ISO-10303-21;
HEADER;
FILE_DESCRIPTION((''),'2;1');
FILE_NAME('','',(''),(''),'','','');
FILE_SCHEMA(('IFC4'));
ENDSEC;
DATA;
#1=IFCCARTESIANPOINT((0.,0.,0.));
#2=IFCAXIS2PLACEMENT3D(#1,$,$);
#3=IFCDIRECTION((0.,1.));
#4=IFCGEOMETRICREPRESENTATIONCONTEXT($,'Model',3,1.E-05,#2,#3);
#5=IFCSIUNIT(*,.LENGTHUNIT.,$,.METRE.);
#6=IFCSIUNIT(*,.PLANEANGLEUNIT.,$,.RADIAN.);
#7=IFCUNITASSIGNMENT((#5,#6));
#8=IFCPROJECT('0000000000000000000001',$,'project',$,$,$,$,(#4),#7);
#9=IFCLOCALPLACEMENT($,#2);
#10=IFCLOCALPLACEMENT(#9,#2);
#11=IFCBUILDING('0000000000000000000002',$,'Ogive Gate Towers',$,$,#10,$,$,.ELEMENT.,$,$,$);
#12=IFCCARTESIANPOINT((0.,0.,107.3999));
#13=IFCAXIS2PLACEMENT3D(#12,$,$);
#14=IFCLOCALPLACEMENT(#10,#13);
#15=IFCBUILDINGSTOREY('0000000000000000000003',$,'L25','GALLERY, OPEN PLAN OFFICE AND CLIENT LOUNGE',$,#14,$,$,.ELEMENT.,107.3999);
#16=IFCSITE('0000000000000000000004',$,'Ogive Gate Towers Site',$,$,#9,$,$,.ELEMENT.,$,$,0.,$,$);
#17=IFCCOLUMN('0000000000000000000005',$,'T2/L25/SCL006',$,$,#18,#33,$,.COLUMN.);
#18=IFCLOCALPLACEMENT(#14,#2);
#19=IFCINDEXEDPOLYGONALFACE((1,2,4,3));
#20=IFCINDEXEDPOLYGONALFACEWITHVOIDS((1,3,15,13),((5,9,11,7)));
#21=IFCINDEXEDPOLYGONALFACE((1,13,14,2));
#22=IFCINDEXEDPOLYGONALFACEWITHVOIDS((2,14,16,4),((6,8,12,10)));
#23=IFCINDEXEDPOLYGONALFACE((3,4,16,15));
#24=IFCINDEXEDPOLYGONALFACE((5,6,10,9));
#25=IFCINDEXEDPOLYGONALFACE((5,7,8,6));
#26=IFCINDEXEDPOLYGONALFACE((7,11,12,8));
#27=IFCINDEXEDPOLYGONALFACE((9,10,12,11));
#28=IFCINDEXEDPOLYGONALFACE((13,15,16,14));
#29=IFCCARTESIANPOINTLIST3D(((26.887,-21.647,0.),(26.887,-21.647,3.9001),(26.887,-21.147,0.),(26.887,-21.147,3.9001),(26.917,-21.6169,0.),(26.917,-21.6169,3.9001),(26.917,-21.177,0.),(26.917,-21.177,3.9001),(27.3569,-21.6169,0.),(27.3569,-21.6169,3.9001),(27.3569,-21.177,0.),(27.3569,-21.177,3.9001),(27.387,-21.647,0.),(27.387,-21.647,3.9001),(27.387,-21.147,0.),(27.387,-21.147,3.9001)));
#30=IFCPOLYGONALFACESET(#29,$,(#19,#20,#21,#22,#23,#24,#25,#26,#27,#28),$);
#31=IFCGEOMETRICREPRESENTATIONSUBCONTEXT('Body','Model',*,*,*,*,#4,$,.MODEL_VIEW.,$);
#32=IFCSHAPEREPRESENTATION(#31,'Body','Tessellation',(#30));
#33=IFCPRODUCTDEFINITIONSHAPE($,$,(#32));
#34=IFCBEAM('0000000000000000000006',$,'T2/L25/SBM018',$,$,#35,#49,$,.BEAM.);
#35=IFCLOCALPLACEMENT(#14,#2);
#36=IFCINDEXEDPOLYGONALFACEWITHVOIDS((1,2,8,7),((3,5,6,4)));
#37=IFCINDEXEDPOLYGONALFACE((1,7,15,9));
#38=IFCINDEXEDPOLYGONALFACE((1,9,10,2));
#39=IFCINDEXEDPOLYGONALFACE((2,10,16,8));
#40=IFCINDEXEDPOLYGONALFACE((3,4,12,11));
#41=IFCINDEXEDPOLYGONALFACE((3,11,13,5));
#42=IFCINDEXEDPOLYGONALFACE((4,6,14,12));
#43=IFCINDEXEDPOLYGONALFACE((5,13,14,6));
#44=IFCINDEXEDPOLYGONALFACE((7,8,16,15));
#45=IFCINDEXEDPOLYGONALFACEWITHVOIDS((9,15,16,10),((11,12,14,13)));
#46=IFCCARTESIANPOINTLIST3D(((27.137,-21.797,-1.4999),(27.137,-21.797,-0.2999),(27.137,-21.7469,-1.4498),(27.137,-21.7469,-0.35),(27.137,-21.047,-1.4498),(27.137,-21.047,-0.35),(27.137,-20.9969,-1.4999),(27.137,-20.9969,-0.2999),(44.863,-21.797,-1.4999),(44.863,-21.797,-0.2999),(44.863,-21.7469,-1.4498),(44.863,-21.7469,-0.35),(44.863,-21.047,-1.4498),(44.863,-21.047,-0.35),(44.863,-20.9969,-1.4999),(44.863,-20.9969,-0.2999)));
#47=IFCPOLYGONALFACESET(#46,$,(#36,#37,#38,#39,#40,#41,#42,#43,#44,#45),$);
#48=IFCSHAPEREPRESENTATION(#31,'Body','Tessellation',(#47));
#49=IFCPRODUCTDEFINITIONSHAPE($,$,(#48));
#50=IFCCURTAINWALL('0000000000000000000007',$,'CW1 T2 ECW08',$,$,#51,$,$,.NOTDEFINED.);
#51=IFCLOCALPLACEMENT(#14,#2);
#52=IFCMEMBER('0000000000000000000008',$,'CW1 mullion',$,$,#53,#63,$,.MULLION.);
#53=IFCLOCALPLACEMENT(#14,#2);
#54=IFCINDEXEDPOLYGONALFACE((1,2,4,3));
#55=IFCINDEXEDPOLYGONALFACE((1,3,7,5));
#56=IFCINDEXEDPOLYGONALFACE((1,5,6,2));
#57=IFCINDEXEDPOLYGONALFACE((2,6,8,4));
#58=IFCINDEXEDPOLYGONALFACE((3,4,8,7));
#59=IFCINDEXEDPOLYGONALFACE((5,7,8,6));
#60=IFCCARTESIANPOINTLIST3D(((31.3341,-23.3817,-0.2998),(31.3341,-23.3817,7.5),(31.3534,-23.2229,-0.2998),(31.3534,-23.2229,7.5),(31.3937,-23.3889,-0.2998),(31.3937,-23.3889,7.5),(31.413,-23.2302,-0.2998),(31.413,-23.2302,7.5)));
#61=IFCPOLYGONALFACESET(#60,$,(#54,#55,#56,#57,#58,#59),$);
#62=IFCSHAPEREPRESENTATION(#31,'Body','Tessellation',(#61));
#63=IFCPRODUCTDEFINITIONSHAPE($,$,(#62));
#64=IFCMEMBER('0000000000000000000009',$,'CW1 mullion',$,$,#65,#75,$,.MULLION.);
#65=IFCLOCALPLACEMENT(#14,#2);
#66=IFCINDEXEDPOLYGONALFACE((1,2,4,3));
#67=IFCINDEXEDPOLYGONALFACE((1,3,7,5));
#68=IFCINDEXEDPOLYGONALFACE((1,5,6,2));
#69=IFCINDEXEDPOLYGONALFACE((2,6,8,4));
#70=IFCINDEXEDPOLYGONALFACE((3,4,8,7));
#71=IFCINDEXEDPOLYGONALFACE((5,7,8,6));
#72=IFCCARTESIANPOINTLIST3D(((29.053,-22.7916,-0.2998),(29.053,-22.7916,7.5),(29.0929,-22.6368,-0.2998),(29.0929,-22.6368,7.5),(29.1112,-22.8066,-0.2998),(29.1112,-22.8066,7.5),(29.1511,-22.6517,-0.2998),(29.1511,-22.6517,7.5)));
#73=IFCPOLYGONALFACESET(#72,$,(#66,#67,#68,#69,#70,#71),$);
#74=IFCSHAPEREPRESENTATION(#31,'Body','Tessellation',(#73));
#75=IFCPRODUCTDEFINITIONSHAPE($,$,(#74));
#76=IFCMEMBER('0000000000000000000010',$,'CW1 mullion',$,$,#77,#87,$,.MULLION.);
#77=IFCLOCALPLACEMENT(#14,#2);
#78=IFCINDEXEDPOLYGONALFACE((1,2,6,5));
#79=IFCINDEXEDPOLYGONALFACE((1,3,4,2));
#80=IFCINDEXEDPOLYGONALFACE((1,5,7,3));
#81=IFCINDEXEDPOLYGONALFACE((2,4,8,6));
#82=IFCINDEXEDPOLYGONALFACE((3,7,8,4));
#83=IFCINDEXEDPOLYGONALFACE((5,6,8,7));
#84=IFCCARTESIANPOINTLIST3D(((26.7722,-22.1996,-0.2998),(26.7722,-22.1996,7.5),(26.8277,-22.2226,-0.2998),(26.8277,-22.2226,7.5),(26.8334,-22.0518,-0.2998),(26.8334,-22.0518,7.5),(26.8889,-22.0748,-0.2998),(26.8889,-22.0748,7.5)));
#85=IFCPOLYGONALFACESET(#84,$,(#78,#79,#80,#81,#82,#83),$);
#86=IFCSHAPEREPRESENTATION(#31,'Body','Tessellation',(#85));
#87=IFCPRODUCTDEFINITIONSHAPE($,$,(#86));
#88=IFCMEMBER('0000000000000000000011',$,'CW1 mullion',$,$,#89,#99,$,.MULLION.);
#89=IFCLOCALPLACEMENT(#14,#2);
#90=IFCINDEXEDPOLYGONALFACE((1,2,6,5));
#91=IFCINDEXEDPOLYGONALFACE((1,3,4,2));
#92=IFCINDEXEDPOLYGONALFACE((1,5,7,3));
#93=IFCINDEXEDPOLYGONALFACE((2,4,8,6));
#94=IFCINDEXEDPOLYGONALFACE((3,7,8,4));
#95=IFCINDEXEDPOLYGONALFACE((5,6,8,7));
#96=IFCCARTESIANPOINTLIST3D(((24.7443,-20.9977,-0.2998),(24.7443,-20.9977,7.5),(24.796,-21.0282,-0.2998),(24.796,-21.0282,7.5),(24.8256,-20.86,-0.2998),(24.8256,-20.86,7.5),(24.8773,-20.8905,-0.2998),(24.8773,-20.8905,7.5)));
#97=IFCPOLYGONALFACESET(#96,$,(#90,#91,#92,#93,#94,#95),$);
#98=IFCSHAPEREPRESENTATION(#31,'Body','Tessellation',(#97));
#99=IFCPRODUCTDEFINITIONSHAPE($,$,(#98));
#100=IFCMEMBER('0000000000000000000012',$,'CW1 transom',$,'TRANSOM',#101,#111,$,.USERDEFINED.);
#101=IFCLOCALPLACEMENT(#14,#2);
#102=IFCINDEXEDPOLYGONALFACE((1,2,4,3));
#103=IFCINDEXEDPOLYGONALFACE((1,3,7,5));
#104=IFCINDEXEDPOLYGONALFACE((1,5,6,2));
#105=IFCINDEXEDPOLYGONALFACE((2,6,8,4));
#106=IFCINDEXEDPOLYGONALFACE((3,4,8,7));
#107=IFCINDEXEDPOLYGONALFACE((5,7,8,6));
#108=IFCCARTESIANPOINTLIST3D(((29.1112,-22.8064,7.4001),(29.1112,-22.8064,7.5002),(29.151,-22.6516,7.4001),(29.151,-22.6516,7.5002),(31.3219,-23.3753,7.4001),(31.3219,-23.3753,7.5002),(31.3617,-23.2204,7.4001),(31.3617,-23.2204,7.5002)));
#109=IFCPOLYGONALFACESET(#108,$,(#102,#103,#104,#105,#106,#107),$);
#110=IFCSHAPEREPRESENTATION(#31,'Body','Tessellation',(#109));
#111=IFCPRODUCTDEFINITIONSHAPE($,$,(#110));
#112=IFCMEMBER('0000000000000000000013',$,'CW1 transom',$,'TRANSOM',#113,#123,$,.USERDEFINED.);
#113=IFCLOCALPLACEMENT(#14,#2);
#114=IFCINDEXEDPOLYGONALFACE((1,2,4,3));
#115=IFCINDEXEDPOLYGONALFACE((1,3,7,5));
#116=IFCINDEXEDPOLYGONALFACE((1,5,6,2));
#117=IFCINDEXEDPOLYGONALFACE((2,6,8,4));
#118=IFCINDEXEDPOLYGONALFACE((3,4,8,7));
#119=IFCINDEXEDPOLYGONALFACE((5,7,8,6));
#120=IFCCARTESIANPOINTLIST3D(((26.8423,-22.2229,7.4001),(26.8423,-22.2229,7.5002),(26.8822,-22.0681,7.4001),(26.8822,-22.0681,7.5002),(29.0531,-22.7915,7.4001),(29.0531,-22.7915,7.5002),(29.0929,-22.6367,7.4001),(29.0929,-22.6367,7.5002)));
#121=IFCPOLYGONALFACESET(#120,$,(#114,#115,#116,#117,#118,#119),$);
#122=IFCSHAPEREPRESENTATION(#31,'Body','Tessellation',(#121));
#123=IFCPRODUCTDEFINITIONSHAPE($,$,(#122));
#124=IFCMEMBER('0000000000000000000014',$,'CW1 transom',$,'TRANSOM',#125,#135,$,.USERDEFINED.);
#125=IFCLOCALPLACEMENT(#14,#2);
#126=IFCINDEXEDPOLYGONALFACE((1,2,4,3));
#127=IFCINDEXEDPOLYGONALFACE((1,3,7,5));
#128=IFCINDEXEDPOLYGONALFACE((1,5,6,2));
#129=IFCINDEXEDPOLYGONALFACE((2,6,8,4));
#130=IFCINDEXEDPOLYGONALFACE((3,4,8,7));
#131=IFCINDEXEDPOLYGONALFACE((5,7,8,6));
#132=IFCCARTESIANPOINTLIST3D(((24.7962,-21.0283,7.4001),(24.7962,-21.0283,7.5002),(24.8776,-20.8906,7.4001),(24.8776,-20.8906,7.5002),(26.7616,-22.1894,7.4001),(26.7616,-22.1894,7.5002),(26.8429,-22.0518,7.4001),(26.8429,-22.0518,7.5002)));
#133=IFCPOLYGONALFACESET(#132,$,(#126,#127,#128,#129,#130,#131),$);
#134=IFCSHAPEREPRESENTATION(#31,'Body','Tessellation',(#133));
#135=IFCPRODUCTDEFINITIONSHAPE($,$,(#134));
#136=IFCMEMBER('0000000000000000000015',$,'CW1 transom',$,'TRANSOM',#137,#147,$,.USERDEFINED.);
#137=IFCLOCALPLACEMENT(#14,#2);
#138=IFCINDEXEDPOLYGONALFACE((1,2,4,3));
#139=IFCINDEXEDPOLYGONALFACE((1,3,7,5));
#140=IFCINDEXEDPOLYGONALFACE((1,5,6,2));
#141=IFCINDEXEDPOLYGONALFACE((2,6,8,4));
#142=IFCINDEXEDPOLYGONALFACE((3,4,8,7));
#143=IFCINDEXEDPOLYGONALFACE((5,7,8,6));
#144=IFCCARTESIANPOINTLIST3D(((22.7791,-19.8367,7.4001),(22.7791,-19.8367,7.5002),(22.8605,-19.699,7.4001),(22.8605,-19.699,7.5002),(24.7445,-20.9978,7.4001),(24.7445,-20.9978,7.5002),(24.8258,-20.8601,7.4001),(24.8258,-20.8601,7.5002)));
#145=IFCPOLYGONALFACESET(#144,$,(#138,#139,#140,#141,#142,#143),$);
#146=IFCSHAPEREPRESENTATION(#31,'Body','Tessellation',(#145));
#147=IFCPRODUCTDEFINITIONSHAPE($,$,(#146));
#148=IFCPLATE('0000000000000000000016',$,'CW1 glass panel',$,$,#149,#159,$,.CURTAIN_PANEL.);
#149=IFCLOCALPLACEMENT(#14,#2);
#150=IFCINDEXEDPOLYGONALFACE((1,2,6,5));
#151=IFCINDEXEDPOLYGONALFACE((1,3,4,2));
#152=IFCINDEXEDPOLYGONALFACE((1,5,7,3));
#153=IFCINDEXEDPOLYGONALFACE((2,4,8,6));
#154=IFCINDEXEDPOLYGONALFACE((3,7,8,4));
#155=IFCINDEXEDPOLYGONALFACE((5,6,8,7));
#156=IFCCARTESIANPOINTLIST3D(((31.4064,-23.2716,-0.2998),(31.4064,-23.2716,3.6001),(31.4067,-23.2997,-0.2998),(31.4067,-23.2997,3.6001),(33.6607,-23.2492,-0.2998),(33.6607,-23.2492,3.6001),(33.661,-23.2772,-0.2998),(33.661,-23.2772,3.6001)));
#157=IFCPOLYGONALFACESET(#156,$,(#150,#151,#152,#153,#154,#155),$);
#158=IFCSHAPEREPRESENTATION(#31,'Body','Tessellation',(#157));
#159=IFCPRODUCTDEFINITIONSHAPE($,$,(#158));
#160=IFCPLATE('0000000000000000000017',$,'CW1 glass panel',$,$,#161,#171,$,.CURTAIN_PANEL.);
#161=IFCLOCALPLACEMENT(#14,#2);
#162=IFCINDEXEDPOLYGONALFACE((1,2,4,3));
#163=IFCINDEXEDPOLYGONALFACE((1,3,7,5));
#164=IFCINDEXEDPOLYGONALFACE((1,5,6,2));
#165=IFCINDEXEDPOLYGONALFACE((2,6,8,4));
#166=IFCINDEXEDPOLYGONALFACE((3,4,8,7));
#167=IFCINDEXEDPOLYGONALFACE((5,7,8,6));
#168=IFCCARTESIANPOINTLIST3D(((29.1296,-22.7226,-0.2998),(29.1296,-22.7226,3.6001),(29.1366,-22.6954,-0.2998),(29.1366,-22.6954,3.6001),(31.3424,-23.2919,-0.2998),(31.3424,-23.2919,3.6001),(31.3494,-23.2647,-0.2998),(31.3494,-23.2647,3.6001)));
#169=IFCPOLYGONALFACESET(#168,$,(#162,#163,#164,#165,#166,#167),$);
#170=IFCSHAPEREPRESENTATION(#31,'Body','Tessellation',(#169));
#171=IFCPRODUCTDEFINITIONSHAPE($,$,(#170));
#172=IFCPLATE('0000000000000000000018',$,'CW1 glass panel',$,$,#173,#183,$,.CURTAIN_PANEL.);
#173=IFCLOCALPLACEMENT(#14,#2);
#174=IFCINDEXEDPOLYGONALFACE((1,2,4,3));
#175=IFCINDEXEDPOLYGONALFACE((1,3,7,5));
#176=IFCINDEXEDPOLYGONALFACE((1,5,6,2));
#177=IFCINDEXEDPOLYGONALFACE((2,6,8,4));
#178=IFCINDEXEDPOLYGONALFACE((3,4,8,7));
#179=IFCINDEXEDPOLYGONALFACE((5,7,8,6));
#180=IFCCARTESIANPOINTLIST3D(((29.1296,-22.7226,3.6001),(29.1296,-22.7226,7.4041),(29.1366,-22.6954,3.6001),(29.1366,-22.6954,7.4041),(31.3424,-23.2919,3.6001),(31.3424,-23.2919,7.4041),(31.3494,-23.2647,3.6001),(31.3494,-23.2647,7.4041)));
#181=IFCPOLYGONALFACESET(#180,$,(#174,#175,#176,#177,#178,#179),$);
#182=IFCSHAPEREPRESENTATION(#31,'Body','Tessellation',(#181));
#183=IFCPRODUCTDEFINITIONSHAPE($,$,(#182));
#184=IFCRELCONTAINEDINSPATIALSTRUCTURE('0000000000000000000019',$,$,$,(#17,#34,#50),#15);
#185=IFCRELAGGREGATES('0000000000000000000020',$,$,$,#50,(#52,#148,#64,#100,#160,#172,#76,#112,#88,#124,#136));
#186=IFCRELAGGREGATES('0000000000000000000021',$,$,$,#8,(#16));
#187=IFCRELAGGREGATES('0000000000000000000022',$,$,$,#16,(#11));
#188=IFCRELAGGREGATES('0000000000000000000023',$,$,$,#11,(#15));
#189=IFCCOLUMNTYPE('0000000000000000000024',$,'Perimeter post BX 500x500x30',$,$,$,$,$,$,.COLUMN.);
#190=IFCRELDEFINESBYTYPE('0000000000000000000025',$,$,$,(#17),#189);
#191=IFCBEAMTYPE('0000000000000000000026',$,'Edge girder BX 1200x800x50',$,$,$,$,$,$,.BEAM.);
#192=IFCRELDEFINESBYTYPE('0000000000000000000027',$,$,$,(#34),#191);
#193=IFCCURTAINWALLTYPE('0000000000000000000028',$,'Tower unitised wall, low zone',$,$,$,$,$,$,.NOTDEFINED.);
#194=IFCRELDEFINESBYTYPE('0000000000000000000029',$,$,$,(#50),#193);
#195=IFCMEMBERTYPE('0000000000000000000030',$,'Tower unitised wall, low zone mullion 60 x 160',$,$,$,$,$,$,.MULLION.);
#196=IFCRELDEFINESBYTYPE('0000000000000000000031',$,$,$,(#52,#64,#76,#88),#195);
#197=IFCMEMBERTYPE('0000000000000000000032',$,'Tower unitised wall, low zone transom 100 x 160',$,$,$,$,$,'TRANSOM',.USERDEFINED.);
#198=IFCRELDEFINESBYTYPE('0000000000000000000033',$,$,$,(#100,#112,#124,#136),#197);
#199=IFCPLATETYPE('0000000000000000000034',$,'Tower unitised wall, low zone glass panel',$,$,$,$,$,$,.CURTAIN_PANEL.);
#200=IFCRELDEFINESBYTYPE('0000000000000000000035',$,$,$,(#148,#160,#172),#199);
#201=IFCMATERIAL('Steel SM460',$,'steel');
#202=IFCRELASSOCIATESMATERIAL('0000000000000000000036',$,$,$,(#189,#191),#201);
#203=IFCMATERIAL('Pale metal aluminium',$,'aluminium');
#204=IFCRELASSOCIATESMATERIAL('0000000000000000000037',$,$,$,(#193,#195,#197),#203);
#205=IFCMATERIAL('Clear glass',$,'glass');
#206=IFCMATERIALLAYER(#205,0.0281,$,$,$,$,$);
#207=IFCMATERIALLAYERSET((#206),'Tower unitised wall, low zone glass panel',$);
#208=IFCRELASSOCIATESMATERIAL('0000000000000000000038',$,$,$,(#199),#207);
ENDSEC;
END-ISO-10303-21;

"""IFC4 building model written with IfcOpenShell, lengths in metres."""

from ifc_helpers import new_model, si_unit, direction, frame, origin, origin_2d, place, context, subcontext, project, spatial, rectangle, hollow_rectangle, extrude, material, layer, layer_set, material_profile, profile_set, type_object, element, aggregate, save


model = new_model("IFC4")

# Units and contexts
model_context = context("Model", 3, precision=1e-05, world=origin(), true_north=direction((0.0, 1.0)))
body_context = subcontext(model_context, "Body", "Model", "MODEL_VIEW")
ifc_project = project(units=[si_unit("LENGTHUNIT", "METRE"), si_unit("PLANEANGLEUNIT", "RADIAN")], contexts=[model_context])

# Site, building, storey
site_placement = place(None, origin())
site = spatial("IfcSite", under=ifc_project, at=site_placement, Name="Ogive Gate Towers Site", CompositionType="ELEMENT", RefElevation=0.0)
building_placement = place(site_placement, origin())
building = spatial("IfcBuilding", under=site, at=building_placement, Name="Ogive Gate Towers", CompositionType="ELEMENT")
storey_placement = place(building_placement, frame((0.0, 0.0, 107.3999)))
storey = spatial("IfcBuildingStorey", under=building, at=storey_placement, Name="L25", Description="GALLERY, OPEN PLAN OFFICE AND CLIENT LOUNGE", CompositionType="ELEMENT", Elevation=107.3999)

# Column
ifc_material_1 = material(Name="Steel SM460", Category="steel")
ifc_material_profile_1 = material_profile(ifc_material_1, hollow_rectangle(XDim=0.5, YDim=0.5, WallThickness=0.03, at=origin_2d()), Name="BX 500x500x30")
ifc_profile_set_1 = profile_set([ifc_material_profile_1], Name="Steel SM460")
column_type = type_object("IfcColumnType", Name="Perimeter post BX 500x500x30", PredefinedType="COLUMN", material=ifc_profile_set_1)
column_placement = place(storey_placement, frame((27.137, -21.397, 0.0), z_axis=(0.0, 0.0, 1.0), x_axis=(1.0, 0.0, 0.0)))
element("IfcColumn", 1, at=column_placement, inside=storey, type_object=column_type, Name="T2/L25/SCL006", PredefinedType="COLUMN", context=body_context, shape_type="SweptSolid", body=[
    extrude(hollow_rectangle(XDim=0.5, YDim=0.5, WallThickness=0.03, at=origin_2d()), origin(), (0.0, 0.0, 1.0), 3.9001),
])

# Beam
ifc_material_profile_2 = material_profile(ifc_material_1, hollow_rectangle(XDim=0.8, YDim=1.2, WallThickness=0.05, at=origin_2d()), Name="BX 1200x800x50")
ifc_profile_set_2 = profile_set([ifc_material_profile_2], Name="Steel SM460")
beam_type = type_object("IfcBeamType", Name="Edge girder BX 1200x800x50", PredefinedType="BEAM", material=ifc_profile_set_2)
beam_placement = place(storey_placement, frame((27.137, -21.397, -0.8999), z_axis=(1.0, 0.0, 0.0), x_axis=(0.0, 1.0, 0.0)))
element("IfcBeam", 2, at=beam_placement, inside=storey, type_object=beam_type, Name="T2/L25/SBM018", PredefinedType="BEAM", context=body_context, shape_type="SweptSolid", body=[
    extrude(hollow_rectangle(XDim=0.8, YDim=1.2, WallThickness=0.05, at=origin_2d()), origin(), (0.0, 0.0, 1.0), 17.7261),
])

# Curtain wall, members, plates
ifc_material_2 = material(Name="Pale metal aluminium", Category="aluminium")
curtain_wall_type = type_object("IfcCurtainWallType", Name="Tower unitised wall, low zone", PredefinedType="NOTDEFINED", material=ifc_material_2)
curtain_wall_placement = place(storey_placement, origin())
curtain_wall = element("IfcCurtainWall", 3, at=curtain_wall_placement, inside=storey, type_object=curtain_wall_type, Name="CW1 T2 ECW08", PredefinedType="NOTDEFINED")
ifc_material_profile_3 = material_profile(ifc_material_2, rectangle(XDim=0.1599, YDim=0.0601, at=origin_2d()), Name="60 x 160 aluminium box")
ifc_profile_set_3 = profile_set([ifc_material_profile_3], Name="Pale metal aluminium")
member_type_1 = type_object("IfcMemberType", Name="Tower unitised wall, low zone mullion 60 x 160", PredefinedType="MULLION", material=ifc_profile_set_3)
member_1_placement = place(storey_placement, frame((31.3735, -23.3059, -0.2998), z_axis=(0.0, 0.0, 1.0), x_axis=(0.120639, 0.992696, 0.0)))
member_1 = element("IfcMember", 4, at=member_1_placement, type_object=member_type_1, Name="CW1 mullion", PredefinedType="MULLION", context=body_context, shape_type="SweptSolid", body=[
    extrude(rectangle(XDim=0.1599, YDim=0.0601, at=origin_2d()), origin(), (0.0, 0.0, 1.0), 7.7998),
])
member_2_placement = place(storey_placement, frame((29.1021, -22.7217, -0.2998), z_axis=(0.0, 0.0, 1.0), x_axis=(0.249129, 0.96847, 0.0)))
member_2 = element("IfcMember", 5, at=member_2_placement, type_object=member_type_1, Name="CW1 mullion", PredefinedType="MULLION", context=body_context, shape_type="SweptSolid", body=[
    extrude(rectangle(XDim=0.1599, YDim=0.0601, at=origin_2d()), origin(), (0.0, 0.0, 1.0), 7.7998),
])
member_3_placement = place(storey_placement, frame((26.8306, -22.1372, -0.2998), z_axis=(0.0, 0.0, 1.0), x_axis=(0.382667, 0.923886, 0.0)))
member_3 = element("IfcMember", 6, at=member_3_placement, type_object=member_type_1, Name="CW1 mullion", PredefinedType="MULLION", context=body_context, shape_type="SweptSolid", body=[
    extrude(rectangle(XDim=0.1599, YDim=0.0601, at=origin_2d()), origin(), (0.0, 0.0, 1.0), 7.7998),
])
member_4_placement = place(storey_placement, frame((24.8108, -20.9441, -0.2998), z_axis=(0.0, 0.0, 1.0), x_axis=(0.508651, 0.860973, 0.0)))
member_4 = element("IfcMember", 7, at=member_4_placement, type_object=member_type_1, Name="CW1 mullion", PredefinedType="MULLION", context=body_context, shape_type="SweptSolid", body=[
    extrude(rectangle(XDim=0.1599, YDim=0.0601, at=origin_2d()), origin(), (0.0, 0.0, 1.0), 7.7998),
])
ifc_material_profile_4 = material_profile(ifc_material_2, rectangle(XDim=0.1599, YDim=0.1001, at=origin_2d()), Name="100 x 160 aluminium box")
ifc_profile_set_4 = profile_set([ifc_material_profile_4], Name="Pale metal aluminium")
member_type_2 = type_object("IfcMemberType", Name="Tower unitised wall, low zone transom 100 x 160", ElementType="TRANSOM", PredefinedType="USERDEFINED", material=ifc_profile_set_4)
member_5_placement = place(storey_placement, frame((31.3418, -23.2979, 7.4502), z_axis=(-0.968452, 0.249199, 0.0), x_axis=(-0.249199, -0.968452, 0.0)))
member_5 = element("IfcMember", 8, at=member_5_placement, type_object=member_type_2, Name="CW1 transom", ObjectType="TRANSOM", PredefinedType="USERDEFINED", context=body_context, shape_type="SweptSolid", body=[
    extrude(rectangle(XDim=0.1599, YDim=0.1001, at=origin_2d()), origin(), (0.0, 0.0, 1.0), 2.2827),
])
member_6_placement = place(storey_placement, frame((29.073, -22.7141, 7.4502), z_axis=(-0.968478, 0.249098, 0.0), x_axis=(-0.249098, -0.968478, 0.0)))
member_6 = element("IfcMember", 9, at=member_6_placement, type_object=member_type_2, Name="CW1 transom", ObjectType="TRANSOM", PredefinedType="USERDEFINED", context=body_context, shape_type="SweptSolid", body=[
    extrude(rectangle(XDim=0.1599, YDim=0.1001, at=origin_2d()), origin(), (0.0, 0.0, 1.0), 2.2827),
])
member_7_placement = place(storey_placement, frame((26.8022, -22.1206, 7.4502), z_axis=(-0.860965, 0.508664, 0.0), x_axis=(-0.508664, -0.860965, 0.0)))
member_7 = element("IfcMember", 10, at=member_7_placement, type_object=member_type_2, Name="CW1 transom", ObjectType="TRANSOM", PredefinedType="USERDEFINED", context=body_context, shape_type="SweptSolid", body=[
    extrude(rectangle(XDim=0.1599, YDim=0.1001, at=origin_2d()), origin(), (0.0, 0.0, 1.0), 2.2827),
])
member_8_placement = place(storey_placement, frame((24.7852, -20.929, 7.4502), z_axis=(-0.860965, 0.508664, 0.0), x_axis=(-0.508664, -0.860965, 0.0)))
member_8 = element("IfcMember", 11, at=member_8_placement, type_object=member_type_2, Name="CW1 transom", ObjectType="TRANSOM", PredefinedType="USERDEFINED", context=body_context, shape_type="SweptSolid", body=[
    extrude(rectangle(XDim=0.1599, YDim=0.1001, at=origin_2d()), origin(), (0.0, 0.0, 1.0), 2.2827),
])
ifc_material_3 = material(Name="Clear glass", Category="glass")
ifc_layer_1 = layer(ifc_material_3, 0.0281)
ifc_layer_set_1 = layer_set([ifc_layer_1], Name="Tower unitised wall, low zone glass panel")
plate_type = type_object("IfcPlateType", Name="Tower unitised wall, low zone glass panel", PredefinedType="CURTAIN_PANEL", material=ifc_layer_set_1)
plate_1_placement = place(storey_placement, frame((32.5337, -23.2744, -0.2998), z_axis=(0.0, 0.0, 1.0), x_axis=(-0.999951, -0.009948, 0.0)))
plate_1 = element("IfcPlate", 12, at=plate_1_placement, type_object=plate_type, Name="CW1 glass panel", PredefinedType="CURTAIN_PANEL", context=body_context, shape_type="SweptSolid", body=[
    extrude(rectangle(XDim=2.2544, YDim=0.0281, at=origin_2d()), origin(), (0.0, 0.0, 1.0), 3.8999),
])
plate_2_placement = place(storey_placement, frame((30.2395, -22.9937, -0.2998), z_axis=(0.0, 0.0, 1.0), x_axis=(-0.968466, 0.249146, 0.0)))
plate_2 = element("IfcPlate", 13, at=plate_2_placement, type_object=plate_type, Name="CW1 glass panel", PredefinedType="CURTAIN_PANEL", context=body_context, shape_type="SweptSolid", body=[
    extrude(rectangle(XDim=2.2849, YDim=0.0281, at=origin_2d()), origin(), (0.0, 0.0, 1.0), 3.8999),
])
plate_3_placement = place(storey_placement, frame((30.2395, -22.9937, 3.6001), z_axis=(0.0, 0.0, 1.0), x_axis=(-0.968466, 0.249146, 0.0)))
plate_3 = element("IfcPlate", 14, at=plate_3_placement, type_object=plate_type, Name="CW1 glass panel", PredefinedType="CURTAIN_PANEL", context=body_context, shape_type="SweptSolid", body=[
    extrude(rectangle(XDim=2.2849, YDim=0.0281, at=origin_2d()), origin(), (0.0, 0.0, 1.0), 3.804),
])
aggregate(curtain_wall, [member_1, plate_1, member_2, member_5, plate_2, plate_3, member_3, member_6, member_4, member_7, member_8])

save(model, "model.ifc")
